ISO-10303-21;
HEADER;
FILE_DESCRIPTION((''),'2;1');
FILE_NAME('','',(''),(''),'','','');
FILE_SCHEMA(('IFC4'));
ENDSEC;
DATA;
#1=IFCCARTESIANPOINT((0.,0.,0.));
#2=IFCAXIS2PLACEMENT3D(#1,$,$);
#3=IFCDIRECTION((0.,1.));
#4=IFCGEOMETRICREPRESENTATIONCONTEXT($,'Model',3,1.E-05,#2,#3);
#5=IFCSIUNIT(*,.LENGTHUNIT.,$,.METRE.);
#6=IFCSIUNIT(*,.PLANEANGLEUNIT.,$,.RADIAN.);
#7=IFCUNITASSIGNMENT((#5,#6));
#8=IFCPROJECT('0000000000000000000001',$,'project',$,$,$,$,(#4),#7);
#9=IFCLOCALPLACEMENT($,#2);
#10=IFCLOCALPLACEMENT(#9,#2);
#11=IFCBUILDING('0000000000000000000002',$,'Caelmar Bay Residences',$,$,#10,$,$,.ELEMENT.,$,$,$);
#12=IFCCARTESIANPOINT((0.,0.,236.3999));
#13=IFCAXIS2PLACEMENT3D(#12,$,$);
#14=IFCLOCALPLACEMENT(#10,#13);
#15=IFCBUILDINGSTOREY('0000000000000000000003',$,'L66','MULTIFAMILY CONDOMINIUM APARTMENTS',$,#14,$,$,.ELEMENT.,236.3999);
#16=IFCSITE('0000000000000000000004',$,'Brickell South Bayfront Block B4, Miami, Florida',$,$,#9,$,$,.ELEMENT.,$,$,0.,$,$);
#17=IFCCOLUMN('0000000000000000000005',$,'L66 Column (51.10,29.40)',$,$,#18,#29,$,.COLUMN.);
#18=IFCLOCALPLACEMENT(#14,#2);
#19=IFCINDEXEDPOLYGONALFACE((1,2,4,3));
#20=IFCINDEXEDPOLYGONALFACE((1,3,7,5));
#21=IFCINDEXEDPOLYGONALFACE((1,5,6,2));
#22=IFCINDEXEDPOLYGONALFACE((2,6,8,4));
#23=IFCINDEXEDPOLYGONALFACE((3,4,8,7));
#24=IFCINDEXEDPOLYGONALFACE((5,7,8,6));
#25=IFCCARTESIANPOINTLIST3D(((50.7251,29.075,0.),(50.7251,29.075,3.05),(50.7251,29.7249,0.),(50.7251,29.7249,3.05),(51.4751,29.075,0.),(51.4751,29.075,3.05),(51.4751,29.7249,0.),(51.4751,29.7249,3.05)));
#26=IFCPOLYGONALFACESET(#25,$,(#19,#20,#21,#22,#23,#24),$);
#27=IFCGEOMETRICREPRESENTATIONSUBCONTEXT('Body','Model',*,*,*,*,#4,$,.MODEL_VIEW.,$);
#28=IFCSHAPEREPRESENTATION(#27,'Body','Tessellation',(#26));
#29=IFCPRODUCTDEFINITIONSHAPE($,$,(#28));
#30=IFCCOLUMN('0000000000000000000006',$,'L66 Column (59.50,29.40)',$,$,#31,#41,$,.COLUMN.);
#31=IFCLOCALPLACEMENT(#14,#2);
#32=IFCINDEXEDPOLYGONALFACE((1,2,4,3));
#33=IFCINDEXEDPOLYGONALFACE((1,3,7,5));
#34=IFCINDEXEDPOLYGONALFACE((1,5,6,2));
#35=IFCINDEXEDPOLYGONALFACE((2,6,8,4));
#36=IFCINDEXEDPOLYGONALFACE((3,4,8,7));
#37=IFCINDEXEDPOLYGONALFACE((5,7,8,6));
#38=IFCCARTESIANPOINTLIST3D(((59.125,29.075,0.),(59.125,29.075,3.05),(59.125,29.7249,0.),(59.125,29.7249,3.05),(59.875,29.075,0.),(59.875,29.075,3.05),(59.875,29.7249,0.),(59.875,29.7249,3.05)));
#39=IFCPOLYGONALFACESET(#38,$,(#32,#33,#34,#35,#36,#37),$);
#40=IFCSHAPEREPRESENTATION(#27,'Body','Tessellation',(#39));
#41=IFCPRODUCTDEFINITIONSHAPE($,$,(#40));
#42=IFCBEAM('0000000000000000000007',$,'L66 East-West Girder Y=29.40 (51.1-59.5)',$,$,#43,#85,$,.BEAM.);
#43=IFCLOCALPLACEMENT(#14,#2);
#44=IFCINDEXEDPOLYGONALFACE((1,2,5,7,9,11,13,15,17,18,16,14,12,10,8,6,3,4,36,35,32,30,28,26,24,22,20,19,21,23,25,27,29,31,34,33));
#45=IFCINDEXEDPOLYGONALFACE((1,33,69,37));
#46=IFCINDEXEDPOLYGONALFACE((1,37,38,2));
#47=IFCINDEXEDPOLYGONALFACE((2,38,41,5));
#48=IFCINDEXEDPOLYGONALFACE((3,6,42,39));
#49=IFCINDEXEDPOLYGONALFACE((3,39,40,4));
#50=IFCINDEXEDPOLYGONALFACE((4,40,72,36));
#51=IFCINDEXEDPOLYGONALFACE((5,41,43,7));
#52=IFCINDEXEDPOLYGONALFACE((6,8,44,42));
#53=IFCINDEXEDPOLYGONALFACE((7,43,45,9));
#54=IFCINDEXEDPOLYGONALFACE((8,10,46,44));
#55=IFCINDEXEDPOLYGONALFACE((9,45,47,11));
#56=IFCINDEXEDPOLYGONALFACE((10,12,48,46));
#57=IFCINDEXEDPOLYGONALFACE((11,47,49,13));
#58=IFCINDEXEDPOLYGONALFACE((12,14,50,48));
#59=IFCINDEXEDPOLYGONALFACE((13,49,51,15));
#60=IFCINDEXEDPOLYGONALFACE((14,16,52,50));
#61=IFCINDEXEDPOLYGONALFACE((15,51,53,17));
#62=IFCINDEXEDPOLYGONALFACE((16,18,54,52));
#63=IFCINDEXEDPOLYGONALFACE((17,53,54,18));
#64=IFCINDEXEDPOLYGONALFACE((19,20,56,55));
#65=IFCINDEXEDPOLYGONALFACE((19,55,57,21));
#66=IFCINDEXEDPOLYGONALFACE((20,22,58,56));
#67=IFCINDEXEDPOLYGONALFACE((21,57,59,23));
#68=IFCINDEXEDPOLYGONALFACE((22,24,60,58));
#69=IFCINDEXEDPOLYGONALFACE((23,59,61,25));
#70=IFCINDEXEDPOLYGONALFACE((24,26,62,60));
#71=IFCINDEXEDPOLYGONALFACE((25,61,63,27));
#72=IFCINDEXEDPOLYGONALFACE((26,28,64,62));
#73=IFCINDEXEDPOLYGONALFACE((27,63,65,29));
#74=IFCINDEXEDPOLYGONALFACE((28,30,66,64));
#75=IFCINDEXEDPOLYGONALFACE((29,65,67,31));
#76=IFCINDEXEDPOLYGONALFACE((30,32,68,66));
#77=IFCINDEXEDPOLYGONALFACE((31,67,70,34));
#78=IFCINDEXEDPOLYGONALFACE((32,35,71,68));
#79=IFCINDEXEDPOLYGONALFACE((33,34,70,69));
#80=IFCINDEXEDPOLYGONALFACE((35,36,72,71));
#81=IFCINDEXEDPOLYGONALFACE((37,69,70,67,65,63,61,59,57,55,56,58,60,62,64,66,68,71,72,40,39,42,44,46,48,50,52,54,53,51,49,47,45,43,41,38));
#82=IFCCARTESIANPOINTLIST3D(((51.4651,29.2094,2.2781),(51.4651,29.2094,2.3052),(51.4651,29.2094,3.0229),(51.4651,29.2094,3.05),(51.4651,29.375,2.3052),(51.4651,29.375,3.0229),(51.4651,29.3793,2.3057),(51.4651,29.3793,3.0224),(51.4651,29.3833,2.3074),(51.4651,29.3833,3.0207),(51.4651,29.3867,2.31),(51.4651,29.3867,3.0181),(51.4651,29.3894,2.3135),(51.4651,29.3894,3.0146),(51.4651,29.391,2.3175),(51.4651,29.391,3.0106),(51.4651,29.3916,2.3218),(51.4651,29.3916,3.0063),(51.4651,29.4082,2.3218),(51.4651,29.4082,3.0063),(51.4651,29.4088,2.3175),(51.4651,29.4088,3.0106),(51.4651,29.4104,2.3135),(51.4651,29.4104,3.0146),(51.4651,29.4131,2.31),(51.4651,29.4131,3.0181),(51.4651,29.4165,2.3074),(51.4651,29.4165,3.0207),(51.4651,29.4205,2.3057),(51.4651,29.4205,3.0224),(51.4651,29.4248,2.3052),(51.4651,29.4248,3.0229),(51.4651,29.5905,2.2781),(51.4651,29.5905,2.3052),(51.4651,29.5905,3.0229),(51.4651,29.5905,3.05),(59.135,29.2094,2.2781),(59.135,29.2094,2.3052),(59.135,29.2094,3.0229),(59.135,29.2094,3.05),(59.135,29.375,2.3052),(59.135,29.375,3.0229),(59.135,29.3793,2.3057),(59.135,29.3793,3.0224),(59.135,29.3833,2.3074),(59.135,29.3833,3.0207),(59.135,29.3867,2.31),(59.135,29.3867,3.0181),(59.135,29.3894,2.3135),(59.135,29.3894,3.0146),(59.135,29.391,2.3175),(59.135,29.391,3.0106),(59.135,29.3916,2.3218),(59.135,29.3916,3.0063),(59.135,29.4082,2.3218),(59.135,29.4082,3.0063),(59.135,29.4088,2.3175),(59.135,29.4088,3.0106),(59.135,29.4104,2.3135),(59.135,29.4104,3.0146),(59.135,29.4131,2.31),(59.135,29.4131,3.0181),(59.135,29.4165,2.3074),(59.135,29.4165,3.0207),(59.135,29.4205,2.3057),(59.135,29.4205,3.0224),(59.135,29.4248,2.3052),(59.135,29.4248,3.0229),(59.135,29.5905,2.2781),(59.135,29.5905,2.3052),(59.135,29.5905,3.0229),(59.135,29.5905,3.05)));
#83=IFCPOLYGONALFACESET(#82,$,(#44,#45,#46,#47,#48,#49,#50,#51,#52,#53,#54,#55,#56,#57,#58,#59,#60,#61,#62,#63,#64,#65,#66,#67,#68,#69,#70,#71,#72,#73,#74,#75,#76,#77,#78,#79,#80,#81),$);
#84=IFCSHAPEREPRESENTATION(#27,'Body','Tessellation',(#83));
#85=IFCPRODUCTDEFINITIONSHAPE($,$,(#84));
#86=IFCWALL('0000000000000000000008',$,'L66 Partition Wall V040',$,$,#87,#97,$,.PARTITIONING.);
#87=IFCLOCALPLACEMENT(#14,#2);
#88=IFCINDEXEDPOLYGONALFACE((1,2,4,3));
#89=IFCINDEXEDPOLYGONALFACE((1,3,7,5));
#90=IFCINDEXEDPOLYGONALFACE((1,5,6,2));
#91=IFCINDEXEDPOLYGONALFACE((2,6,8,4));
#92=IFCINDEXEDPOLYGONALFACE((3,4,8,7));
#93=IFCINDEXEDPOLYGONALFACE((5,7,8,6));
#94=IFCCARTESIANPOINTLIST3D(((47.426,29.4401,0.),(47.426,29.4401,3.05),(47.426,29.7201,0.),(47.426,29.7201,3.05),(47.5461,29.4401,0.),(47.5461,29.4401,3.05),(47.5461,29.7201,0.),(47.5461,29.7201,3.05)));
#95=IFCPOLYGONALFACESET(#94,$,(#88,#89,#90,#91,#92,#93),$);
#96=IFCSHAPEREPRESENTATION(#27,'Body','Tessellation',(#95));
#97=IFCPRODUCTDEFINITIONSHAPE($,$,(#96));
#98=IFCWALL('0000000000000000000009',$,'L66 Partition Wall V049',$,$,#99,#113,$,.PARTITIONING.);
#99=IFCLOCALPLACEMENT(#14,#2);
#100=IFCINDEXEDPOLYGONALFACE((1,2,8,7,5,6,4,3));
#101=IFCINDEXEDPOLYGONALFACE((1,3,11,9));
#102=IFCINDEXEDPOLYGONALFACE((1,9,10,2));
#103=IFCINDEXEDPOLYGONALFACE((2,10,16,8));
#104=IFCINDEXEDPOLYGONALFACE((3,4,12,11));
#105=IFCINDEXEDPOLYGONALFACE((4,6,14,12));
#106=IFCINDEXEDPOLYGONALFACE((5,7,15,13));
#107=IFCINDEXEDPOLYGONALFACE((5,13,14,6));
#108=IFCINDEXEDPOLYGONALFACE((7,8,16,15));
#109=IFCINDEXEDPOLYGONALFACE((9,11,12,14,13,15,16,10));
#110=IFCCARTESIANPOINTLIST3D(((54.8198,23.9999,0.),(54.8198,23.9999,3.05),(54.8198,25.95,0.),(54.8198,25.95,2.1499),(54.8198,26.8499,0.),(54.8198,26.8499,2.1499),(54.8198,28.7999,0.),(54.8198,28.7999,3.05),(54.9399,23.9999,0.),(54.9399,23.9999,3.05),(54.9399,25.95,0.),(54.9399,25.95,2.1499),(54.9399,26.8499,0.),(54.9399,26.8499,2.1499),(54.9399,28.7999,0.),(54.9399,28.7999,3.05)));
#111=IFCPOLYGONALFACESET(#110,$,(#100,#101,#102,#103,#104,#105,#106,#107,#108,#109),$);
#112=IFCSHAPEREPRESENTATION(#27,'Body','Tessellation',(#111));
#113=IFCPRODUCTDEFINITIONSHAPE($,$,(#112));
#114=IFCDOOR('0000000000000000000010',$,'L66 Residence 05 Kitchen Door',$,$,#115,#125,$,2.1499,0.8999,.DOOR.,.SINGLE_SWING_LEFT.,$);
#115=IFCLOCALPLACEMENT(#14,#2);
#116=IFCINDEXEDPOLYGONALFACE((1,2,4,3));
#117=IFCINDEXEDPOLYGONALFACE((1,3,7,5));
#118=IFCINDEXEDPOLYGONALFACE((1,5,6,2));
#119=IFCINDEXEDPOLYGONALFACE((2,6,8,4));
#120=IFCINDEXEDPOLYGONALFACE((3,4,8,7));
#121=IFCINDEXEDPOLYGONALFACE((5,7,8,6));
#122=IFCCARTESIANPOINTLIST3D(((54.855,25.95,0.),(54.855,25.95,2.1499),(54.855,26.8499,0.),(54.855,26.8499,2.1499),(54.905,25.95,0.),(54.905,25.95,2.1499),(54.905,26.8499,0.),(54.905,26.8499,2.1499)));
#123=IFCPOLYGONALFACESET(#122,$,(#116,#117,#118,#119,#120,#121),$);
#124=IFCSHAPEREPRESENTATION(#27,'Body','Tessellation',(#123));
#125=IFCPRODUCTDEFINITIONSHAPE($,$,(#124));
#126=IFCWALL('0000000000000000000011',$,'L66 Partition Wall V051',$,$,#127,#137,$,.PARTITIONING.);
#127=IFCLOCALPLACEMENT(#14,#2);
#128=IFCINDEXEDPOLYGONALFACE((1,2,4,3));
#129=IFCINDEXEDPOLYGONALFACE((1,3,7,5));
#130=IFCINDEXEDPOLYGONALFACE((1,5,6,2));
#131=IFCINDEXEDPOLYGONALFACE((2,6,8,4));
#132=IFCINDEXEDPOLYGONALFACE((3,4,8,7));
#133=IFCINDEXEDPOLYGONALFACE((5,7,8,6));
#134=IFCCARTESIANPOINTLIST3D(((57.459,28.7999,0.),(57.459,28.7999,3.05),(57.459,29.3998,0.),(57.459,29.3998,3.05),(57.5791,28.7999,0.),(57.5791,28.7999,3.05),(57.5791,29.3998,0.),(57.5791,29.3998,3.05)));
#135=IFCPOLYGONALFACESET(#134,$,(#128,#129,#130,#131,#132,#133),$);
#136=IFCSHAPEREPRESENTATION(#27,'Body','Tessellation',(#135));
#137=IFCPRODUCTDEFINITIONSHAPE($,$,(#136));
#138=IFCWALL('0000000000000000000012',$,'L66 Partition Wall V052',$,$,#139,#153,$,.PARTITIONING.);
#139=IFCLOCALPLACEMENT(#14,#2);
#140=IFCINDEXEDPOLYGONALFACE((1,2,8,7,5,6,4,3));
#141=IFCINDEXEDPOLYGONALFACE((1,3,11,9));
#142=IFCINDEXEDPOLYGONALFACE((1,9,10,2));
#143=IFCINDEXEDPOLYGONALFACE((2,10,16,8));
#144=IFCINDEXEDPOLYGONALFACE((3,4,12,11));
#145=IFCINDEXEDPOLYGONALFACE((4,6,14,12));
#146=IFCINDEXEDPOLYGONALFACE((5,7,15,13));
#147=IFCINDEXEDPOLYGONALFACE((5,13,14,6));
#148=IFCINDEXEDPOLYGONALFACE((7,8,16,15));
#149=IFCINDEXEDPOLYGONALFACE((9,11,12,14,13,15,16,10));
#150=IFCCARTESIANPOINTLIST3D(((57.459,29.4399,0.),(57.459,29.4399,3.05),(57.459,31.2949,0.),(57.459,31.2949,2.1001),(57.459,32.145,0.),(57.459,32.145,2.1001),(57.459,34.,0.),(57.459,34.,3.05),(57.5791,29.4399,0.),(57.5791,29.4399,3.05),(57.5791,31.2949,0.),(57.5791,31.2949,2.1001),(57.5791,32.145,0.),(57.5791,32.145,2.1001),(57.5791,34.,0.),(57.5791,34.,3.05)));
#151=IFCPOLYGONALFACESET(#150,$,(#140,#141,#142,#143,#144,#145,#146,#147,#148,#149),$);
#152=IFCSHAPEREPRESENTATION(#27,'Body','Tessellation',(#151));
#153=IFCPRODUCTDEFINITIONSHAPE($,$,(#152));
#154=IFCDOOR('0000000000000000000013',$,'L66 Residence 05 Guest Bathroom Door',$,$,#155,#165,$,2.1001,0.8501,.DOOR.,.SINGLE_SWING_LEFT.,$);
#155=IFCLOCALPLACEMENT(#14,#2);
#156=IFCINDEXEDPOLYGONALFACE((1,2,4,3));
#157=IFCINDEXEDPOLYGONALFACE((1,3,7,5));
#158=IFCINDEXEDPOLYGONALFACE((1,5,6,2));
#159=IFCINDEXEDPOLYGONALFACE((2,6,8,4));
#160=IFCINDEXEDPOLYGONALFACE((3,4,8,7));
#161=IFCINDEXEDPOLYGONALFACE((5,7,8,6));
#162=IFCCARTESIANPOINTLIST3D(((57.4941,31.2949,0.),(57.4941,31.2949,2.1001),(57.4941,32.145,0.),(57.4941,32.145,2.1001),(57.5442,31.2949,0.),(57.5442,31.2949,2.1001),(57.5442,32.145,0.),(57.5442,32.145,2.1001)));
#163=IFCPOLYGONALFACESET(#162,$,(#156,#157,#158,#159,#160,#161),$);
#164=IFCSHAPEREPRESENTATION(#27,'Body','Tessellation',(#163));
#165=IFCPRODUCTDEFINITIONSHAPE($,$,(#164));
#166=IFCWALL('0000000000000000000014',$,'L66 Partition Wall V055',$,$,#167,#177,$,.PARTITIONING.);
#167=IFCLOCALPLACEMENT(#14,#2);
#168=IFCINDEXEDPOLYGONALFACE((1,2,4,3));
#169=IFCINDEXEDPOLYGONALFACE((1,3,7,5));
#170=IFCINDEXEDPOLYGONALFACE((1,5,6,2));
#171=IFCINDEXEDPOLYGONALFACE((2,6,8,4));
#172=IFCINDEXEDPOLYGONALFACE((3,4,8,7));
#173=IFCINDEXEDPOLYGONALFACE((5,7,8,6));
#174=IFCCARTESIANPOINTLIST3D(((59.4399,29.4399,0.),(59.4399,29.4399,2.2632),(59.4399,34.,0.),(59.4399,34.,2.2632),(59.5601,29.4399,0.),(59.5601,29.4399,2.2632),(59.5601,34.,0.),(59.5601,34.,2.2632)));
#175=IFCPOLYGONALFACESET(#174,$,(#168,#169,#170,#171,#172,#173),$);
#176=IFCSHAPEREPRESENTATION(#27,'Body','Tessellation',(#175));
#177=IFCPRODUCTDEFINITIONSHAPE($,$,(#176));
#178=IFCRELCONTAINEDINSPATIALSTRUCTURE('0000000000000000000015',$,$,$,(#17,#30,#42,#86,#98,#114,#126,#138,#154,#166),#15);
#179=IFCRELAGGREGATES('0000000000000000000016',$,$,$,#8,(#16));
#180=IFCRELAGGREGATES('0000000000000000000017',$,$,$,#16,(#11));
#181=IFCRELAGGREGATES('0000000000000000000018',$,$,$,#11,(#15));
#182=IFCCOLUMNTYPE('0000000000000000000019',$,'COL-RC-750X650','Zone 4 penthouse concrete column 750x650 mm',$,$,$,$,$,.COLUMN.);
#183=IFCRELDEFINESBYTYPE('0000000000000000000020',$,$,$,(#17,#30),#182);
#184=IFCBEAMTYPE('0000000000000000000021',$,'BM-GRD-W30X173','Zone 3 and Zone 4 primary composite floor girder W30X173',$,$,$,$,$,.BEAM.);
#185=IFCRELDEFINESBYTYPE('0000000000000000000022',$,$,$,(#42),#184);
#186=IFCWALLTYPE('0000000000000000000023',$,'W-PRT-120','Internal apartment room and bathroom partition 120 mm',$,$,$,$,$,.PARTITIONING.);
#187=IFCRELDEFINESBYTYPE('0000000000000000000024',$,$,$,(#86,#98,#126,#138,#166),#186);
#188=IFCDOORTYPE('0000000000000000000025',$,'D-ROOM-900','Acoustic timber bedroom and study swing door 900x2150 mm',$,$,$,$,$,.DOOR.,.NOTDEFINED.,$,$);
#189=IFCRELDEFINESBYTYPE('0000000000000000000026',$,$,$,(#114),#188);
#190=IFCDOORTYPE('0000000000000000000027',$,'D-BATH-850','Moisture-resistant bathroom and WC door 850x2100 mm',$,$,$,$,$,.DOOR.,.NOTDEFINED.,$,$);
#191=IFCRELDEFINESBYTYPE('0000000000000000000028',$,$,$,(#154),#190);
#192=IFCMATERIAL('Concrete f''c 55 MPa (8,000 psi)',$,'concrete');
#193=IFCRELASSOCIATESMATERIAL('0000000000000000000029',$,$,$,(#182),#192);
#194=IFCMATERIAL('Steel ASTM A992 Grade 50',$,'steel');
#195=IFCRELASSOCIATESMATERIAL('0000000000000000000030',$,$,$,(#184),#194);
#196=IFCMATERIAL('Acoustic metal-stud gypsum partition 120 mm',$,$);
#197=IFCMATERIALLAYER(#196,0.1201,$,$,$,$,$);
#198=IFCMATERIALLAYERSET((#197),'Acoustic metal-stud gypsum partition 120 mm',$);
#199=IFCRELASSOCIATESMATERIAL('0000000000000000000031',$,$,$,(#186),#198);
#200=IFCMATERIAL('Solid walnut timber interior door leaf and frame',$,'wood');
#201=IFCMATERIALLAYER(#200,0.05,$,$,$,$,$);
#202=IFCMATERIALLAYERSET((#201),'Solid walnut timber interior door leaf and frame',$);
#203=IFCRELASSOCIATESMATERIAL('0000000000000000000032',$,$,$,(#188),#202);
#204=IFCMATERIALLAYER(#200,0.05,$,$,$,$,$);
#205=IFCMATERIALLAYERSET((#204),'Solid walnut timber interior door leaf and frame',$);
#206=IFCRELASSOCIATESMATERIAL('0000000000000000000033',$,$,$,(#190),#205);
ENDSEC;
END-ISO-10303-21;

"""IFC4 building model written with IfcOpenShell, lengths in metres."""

from ifc_helpers import new_model, si_unit, direction, frame, frame_2d, origin, origin_2d, place, context, subcontext, project, spatial, rectangle, i_section, extrude, material, layer, layer_set, material_profile, profile_set, type_object, element, fill, save


model = new_model("IFC4")

# Units and contexts
model_context = context("Model", 3, precision=1e-05, world=origin(), true_north=direction((0.0, 1.0)))
body_context = subcontext(model_context, "Body", "Model", "MODEL_VIEW")
ifc_project = project(units=[si_unit("LENGTHUNIT", "METRE"), si_unit("PLANEANGLEUNIT", "RADIAN")], contexts=[model_context])

# Site, building, storey
site_placement = place(None, origin())
site = spatial("IfcSite", under=ifc_project, at=site_placement, Name="Brickell South Bayfront Block B4, Miami, Florida", CompositionType="ELEMENT", RefElevation=0.0)
building_placement = place(site_placement, origin())
building = spatial("IfcBuilding", under=site, at=building_placement, Name="Caelmar Bay Residences", CompositionType="ELEMENT")
storey_placement = place(building_placement, frame((0.0, 0.0, 236.3999)))
storey = spatial("IfcBuildingStorey", under=building, at=storey_placement, Name="L66", Description="MULTIFAMILY CONDOMINIUM APARTMENTS", CompositionType="ELEMENT", Elevation=236.3999)

# Columns
ifc_material_1 = material(Name="Concrete f'c 55 MPa (8,000 psi)", Category="concrete")
ifc_material_profile_1 = material_profile(ifc_material_1, rectangle(XDim=0.75, YDim=0.6499, at=origin_2d()), Name="RC-COL-750X650")
ifc_profile_set_1 = profile_set([ifc_material_profile_1], Name="Concrete f'c 55 MPa (8,000 psi)")
column_type = type_object("IfcColumnType", Name="COL-RC-750X650", Description="Zone 4 penthouse concrete column 750x650 mm", PredefinedType="COLUMN", material=ifc_profile_set_1)
for number, where, z_axis, x_axis, name in (
    (1, (51.1001, 29.3999, 0.0), (0.0, 0.0, 1.0), (1.0, 0.0, 0.0), "L66 Column (51.10,29.40)"),
    (2, (59.5, 29.3999, 0.0), (0.0, 0.0, 1.0), (1.0, 0.0, 0.0), "L66 Column (59.50,29.40)"),
):
    element("IfcColumn", number, at=place(storey_placement, frame(where, z_axis=z_axis, x_axis=x_axis)), inside=storey, type_object=column_type, Name=name, PredefinedType="COLUMN", context=body_context, shape_type="SweptSolid", body=[
        extrude(rectangle(XDim=0.75, YDim=0.6499, at=origin_2d()), origin(), (0.0, 0.0, 1.0), 3.05),
    ])

# Beam
ifc_material_2 = material(Name="Steel ASTM A992 Grade 50", Category="steel")
ifc_material_profile_2 = material_profile(ifc_material_2, i_section(OverallWidth=0.3811, OverallDepth=0.772, WebThickness=0.0166, FlangeThickness=0.0271, FilletRadius=0.0166, at=origin_2d()), Name="W30X173")
ifc_profile_set_2 = profile_set([ifc_material_profile_2], Name="Steel ASTM A992 Grade 50")
beam_type = type_object("IfcBeamType", Name="BM-GRD-W30X173", Description="Zone 3 and Zone 4 primary composite floor girder W30X173", PredefinedType="BEAM", material=ifc_profile_set_2)
beam_placement = place(storey_placement, frame((51.4651, 29.3999, 2.6641), z_axis=(1.0, 0.0, 0.0), x_axis=(0.0, 1.0, 0.0)))
element("IfcBeam", 3, at=beam_placement, inside=storey, type_object=beam_type, Name="L66 East-West Girder Y=29.40 (51.1-59.5)", PredefinedType="BEAM", context=body_context, shape_type="SweptSolid", body=[
    extrude(i_section(OverallWidth=0.3811, OverallDepth=0.772, WebThickness=0.0166, FlangeThickness=0.0271, FilletRadius=0.0166, at=origin_2d()), origin(), (0.0, 0.0, 1.0), 7.6699),
])

# Wall
ifc_material_3 = material(Name="Acoustic metal-stud gypsum partition 120 mm")
ifc_layer_1 = layer(ifc_material_3, 0.1201)
ifc_layer_set_1 = layer_set([ifc_layer_1], Name="Acoustic metal-stud gypsum partition 120 mm")
wall_type_1 = type_object("IfcWallType", Name="W-PRT-120", Description="Internal apartment room and bathroom partition 120 mm", PredefinedType="PARTITIONING", material=ifc_layer_set_1)
wall_1_placement = place(storey_placement, frame((47.4861, 29.4399, 0.0), z_axis=(0.0, 0.0, 1.0), x_axis=(0.0, 1.0, 0.0)))
element("IfcWall", 4, at=wall_1_placement, inside=storey, type_object=wall_type_1, Name="L66 Partition Wall V040", PredefinedType="PARTITIONING", context=body_context, shape_type="SweptSolid", body=[
    extrude(rectangle(XDim=0.28, YDim=0.1201, at=frame_2d((0.1401, 0.0))), origin(), (0.0, 0.0, 1.0), 3.05),
])

# Wall, opening, door
wall_2_placement = place(storey_placement, frame((54.8799, 24.0, 0.0), z_axis=(0.0, 0.0, 1.0), x_axis=(0.0, 1.0, 0.0)))
wall_2 = element("IfcWall", 5, at=wall_2_placement, inside=storey, type_object=wall_type_1, Name="L66 Partition Wall V049", PredefinedType="PARTITIONING", context=body_context, shape_type="SweptSolid", body=[
    extrude(rectangle(XDim=4.8, YDim=0.1201, at=frame_2d((2.3999, 0.0))), origin(), (0.0, 0.0, 1.0), 3.05),
])
opening_1_placement = place(wall_2_placement, frame((1.95, 0.0, 0.0)))
opening_1 = element("IfcOpeningElement", 6, at=opening_1_placement, cuts=wall_2, PredefinedType="OPENING", context=body_context, shape_type="SweptSolid", body=[
    extrude(rectangle(XDim=0.8999, YDim=2.1499, at=frame_2d((0.45, 1.075))), frame((0.0, 0.0701, 0.0), z_axis=(0.0, -1.0, 0.0), x_axis=(1.0, 0.0, 0.0)), (0.0, 0.0, 1.0), 0.1401),
])
ifc_material_4 = material(Name="Solid walnut timber interior door leaf and frame", Category="wood")
ifc_layer_2 = layer(ifc_material_4, 0.05)
ifc_layer_set_2 = layer_set([ifc_layer_2], Name="Solid walnut timber interior door leaf and frame")
door_type_1 = type_object("IfcDoorType", Name="D-ROOM-900", Description="Acoustic timber bedroom and study swing door 900x2150 mm", OperationType="NOTDEFINED", PredefinedType="DOOR", material=ifc_layer_set_2)
door_1_placement = place(opening_1_placement, origin())
door_1 = element("IfcDoor", 7, at=door_1_placement, inside=storey, type_object=door_type_1, Name="L66 Residence 05 Kitchen Door", OperationType="SINGLE_SWING_LEFT", OverallHeight=2.1499, OverallWidth=0.8999, PredefinedType="DOOR", context=body_context, shape_type="SweptSolid", body=[
    extrude(rectangle(XDim=0.8999, YDim=2.1499, at=frame_2d((0.45, 1.075))), frame((0.0, 0.0249, 0.0), z_axis=(0.0, -1.0, 0.0), x_axis=(1.0, 0.0, 0.0)), (0.0, 0.0, 1.0), 0.05),
])
fill(opening_1, door_1)

# Wall
wall_3_placement = place(storey_placement, frame((57.519, 28.8, 0.0), z_axis=(0.0, 0.0, 1.0), x_axis=(0.0, 1.0, 0.0)))
element("IfcWall", 8, at=wall_3_placement, inside=storey, type_object=wall_type_1, Name="L66 Partition Wall V051", PredefinedType="PARTITIONING", context=body_context, shape_type="SweptSolid", body=[
    extrude(rectangle(XDim=0.5999, YDim=0.1201, at=frame_2d((0.2998, 0.0))), origin(), (0.0, 0.0, 1.0), 3.05),
])

# Wall, opening, door
wall_4_placement = place(storey_placement, frame((57.519, 29.4399, 0.0), z_axis=(0.0, 0.0, 1.0), x_axis=(0.0, 1.0, 0.0)))
wall_4 = element("IfcWall", 9, at=wall_4_placement, inside=storey, type_object=wall_type_1, Name="L66 Partition Wall V052", PredefinedType="PARTITIONING", context=body_context, shape_type="SweptSolid", body=[
    extrude(rectangle(XDim=4.5601, YDim=0.1201, at=frame_2d((2.28, 0.0))), origin(), (0.0, 0.0, 1.0), 3.05),
])
opening_2_placement = place(wall_4_placement, frame((1.855, 0.0, 0.0)))
opening_2 = element("IfcOpeningElement", 10, at=opening_2_placement, cuts=wall_4, PredefinedType="OPENING", context=body_context, shape_type="SweptSolid", body=[
    extrude(rectangle(XDim=0.8501, YDim=2.1001, at=frame_2d((0.425, 1.05))), frame((0.0, 0.0701, 0.0), z_axis=(0.0, -1.0, 0.0), x_axis=(1.0, 0.0, 0.0)), (0.0, 0.0, 1.0), 0.1401),
])
ifc_layer_3 = layer(ifc_material_4, 0.05)
ifc_layer_set_3 = layer_set([ifc_layer_3], Name="Solid walnut timber interior door leaf and frame")
door_type_2 = type_object("IfcDoorType", Name="D-BATH-850", Description="Moisture-resistant bathroom and WC door 850x2100 mm", OperationType="NOTDEFINED", PredefinedType="DOOR", material=ifc_layer_set_3)
door_2_placement = place(opening_2_placement, origin())
door_2 = element("IfcDoor", 11, at=door_2_placement, inside=storey, type_object=door_type_2, Name="L66 Residence 05 Guest Bathroom Door", OperationType="SINGLE_SWING_LEFT", OverallHeight=2.1001, OverallWidth=0.8501, PredefinedType="DOOR", context=body_context, shape_type="SweptSolid", body=[
    extrude(rectangle(XDim=0.8501, YDim=2.1001, at=frame_2d((0.425, 1.05))), frame((0.0, 0.0249, 0.0), z_axis=(0.0, -1.0, 0.0), x_axis=(1.0, 0.0, 0.0)), (0.0, 0.0, 1.0), 0.05),
])
fill(opening_2, door_2)

# Wall
wall_5_placement = place(storey_placement, frame((59.5, 29.4399, 0.0), z_axis=(0.0, 0.0, 1.0), x_axis=(0.0, 1.0, 0.0)))
element("IfcWall", 12, at=wall_5_placement, inside=storey, type_object=wall_type_1, Name="L66 Partition Wall V055", PredefinedType="PARTITIONING", context=body_context, shape_type="SweptSolid", body=[
    extrude(rectangle(XDim=4.5601, YDim=0.1201, at=frame_2d((2.28, 0.0))), origin(), (0.0, 0.0, 1.0), 2.2632),
])

save(model, "model.ifc")
